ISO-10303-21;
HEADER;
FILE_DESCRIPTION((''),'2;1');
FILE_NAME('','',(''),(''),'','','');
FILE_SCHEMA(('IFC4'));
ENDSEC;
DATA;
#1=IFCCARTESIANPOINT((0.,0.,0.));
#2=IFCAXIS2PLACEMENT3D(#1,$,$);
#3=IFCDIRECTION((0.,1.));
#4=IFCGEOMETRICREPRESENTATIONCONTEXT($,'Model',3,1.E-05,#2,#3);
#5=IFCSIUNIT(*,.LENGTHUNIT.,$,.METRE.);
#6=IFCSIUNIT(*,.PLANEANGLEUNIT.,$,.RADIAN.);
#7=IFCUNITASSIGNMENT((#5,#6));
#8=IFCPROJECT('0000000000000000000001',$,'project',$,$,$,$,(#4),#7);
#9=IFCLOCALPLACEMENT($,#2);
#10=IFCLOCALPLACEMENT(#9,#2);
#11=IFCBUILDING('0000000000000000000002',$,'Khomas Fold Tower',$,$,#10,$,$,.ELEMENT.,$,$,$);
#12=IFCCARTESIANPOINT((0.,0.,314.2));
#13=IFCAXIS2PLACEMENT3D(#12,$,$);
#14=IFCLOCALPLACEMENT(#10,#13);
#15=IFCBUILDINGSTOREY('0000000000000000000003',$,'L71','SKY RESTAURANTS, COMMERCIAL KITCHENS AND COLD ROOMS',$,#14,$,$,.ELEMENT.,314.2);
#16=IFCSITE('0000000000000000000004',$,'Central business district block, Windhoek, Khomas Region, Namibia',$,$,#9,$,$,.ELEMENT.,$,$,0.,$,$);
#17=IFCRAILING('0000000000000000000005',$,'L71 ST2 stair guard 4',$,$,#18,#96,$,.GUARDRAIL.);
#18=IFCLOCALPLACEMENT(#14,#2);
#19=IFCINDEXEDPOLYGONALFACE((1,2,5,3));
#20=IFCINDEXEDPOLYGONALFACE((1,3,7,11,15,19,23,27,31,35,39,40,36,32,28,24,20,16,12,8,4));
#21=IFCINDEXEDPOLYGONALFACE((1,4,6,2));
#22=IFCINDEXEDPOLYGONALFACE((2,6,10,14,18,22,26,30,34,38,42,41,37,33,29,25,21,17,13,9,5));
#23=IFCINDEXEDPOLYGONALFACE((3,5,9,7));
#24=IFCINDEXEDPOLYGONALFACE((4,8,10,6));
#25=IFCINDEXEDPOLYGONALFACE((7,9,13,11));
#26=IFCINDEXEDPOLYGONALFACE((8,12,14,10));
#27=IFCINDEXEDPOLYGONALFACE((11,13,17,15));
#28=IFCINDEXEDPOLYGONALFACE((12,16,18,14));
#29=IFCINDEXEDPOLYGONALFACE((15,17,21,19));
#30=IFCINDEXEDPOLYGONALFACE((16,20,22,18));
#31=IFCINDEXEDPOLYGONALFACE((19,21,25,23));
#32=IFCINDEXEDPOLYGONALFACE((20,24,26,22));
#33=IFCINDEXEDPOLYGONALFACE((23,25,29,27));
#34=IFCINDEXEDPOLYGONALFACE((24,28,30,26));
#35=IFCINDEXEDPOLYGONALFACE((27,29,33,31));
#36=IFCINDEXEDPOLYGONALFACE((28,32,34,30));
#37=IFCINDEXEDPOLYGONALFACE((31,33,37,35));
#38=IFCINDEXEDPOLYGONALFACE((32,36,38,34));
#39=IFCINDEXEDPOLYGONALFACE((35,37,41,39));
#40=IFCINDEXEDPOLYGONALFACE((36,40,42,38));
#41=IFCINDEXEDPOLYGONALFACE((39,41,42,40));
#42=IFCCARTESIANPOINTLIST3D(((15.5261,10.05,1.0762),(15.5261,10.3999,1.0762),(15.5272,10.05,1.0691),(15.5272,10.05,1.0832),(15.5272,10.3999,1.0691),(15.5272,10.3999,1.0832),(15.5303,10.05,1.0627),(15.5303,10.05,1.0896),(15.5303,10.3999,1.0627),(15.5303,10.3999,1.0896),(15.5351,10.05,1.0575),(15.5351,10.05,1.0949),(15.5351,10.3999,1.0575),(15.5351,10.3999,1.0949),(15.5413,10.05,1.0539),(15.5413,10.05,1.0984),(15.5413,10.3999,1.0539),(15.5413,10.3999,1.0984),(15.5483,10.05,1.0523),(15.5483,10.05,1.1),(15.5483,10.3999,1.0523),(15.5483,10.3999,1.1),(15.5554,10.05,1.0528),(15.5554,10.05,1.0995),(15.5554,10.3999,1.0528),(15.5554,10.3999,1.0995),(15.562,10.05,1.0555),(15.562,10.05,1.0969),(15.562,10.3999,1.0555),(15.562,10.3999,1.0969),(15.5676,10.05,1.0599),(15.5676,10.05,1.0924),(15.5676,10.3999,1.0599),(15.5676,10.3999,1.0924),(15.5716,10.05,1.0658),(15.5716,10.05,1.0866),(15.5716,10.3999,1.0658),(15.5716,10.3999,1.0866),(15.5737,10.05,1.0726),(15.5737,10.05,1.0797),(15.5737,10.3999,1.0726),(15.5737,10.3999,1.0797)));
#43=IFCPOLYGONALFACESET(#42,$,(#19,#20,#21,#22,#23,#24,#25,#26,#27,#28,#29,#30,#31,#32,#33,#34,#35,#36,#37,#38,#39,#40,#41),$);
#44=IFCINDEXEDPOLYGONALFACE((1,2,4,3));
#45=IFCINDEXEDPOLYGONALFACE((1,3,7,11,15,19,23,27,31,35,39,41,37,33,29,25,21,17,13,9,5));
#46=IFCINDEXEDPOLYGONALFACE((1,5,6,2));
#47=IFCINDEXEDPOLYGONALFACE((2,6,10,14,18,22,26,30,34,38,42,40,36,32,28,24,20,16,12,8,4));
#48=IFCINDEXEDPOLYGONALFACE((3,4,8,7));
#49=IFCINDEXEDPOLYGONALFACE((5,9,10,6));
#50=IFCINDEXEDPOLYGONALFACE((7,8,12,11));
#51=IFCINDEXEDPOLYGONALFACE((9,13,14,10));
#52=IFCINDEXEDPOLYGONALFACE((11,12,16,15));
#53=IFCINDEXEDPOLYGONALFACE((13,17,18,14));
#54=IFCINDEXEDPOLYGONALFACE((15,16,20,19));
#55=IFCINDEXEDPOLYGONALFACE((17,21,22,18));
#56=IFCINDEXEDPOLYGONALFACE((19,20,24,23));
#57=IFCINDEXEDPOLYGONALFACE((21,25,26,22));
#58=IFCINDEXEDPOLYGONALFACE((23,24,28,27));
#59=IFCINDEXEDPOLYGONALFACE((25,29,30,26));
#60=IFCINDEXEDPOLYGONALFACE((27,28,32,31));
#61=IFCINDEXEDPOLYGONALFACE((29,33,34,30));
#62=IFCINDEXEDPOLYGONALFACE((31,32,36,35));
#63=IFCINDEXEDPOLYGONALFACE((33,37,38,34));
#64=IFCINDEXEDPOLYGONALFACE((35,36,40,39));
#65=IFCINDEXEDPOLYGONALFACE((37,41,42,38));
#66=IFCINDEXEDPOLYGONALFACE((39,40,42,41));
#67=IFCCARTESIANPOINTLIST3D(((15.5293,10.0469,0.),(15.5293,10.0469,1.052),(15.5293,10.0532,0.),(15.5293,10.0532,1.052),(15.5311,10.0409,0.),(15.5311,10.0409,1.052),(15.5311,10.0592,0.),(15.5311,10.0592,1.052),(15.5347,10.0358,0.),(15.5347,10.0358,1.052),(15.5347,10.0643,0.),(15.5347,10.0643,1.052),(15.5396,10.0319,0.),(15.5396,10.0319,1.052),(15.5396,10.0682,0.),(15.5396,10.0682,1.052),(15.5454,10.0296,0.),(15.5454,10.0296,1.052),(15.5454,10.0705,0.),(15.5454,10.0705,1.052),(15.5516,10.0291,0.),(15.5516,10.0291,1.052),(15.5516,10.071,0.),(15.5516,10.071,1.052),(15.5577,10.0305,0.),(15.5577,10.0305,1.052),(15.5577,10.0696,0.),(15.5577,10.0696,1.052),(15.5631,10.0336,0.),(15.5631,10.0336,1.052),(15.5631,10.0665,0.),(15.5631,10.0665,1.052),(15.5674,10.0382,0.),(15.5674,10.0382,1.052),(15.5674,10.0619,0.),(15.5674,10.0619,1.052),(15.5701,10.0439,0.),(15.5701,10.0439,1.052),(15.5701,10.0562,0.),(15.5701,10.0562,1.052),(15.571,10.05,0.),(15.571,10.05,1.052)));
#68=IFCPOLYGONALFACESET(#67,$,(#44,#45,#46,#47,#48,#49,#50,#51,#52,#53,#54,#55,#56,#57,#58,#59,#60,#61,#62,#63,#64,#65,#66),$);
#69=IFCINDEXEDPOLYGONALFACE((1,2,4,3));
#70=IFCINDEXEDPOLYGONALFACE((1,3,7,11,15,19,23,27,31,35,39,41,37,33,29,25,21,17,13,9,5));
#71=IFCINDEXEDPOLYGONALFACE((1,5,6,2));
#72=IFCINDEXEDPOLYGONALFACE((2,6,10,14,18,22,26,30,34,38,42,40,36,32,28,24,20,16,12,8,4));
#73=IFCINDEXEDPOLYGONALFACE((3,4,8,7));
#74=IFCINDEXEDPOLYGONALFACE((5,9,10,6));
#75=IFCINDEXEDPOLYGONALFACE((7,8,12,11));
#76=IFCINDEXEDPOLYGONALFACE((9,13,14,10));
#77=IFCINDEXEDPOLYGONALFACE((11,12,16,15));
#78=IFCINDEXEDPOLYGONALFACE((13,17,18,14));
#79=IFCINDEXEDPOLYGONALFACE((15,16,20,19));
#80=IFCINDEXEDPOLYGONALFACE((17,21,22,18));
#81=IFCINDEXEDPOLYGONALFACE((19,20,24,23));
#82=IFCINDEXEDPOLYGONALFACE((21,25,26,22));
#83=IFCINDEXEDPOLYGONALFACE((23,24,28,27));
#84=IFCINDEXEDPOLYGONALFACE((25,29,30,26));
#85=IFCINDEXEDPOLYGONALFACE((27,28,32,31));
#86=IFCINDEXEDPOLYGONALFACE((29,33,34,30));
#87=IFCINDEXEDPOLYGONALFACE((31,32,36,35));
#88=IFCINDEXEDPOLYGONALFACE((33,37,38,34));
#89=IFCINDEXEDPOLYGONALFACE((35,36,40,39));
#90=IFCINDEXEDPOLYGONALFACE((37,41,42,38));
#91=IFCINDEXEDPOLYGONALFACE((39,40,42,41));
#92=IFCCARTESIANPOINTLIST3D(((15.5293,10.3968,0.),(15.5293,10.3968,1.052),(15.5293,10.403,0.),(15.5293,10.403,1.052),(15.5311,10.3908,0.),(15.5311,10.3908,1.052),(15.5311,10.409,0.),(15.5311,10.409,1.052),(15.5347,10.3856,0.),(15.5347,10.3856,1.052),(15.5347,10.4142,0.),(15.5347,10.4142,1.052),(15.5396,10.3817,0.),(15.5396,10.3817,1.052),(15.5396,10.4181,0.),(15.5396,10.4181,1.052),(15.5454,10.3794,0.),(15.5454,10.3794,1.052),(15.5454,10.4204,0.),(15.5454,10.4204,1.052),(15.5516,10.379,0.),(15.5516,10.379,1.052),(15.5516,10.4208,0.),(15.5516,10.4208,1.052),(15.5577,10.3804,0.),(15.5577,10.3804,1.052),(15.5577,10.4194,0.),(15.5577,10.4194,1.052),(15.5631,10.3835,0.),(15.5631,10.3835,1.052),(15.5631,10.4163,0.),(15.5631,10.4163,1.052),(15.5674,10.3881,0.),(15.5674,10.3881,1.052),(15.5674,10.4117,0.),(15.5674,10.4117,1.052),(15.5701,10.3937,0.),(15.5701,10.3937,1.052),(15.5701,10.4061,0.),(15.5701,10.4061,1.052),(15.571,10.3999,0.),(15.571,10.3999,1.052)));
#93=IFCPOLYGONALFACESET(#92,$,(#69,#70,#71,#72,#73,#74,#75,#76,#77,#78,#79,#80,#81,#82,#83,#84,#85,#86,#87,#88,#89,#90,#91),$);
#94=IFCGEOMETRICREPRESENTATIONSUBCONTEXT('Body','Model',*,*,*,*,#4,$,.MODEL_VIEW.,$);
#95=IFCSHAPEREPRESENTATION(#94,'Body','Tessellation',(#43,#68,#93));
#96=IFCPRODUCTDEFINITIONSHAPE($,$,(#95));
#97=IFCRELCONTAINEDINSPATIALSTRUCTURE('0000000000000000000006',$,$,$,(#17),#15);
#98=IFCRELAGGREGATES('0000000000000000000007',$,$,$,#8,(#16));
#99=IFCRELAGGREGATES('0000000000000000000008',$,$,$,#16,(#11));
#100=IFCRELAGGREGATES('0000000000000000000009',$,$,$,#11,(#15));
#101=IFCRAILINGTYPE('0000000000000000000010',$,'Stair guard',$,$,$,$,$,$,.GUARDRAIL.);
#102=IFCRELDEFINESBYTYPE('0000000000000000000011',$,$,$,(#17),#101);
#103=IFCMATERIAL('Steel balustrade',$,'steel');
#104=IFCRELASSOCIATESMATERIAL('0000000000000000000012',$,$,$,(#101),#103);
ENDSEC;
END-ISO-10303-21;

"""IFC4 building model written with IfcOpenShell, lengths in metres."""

from ifc_helpers import new_model, si_unit, direction, frame, origin, origin_2d, place, context, subcontext, project, spatial, circle, extrude, source, transform, mapped, material, type_object, element, save


model = new_model("IFC4")

# Units and contexts
model_context = context("Model", 3, precision=1e-05, world=origin(), true_north=direction((0.0, 1.0)))
body_context = subcontext(model_context, "Body", "Model", "MODEL_VIEW")
ifc_project = project(units=[si_unit("LENGTHUNIT", "METRE"), si_unit("PLANEANGLEUNIT", "RADIAN")], contexts=[model_context])

# Site, building, storey
site_placement = place(None, origin())
site = spatial("IfcSite", under=ifc_project, at=site_placement, Name="Central business district block, Windhoek, Khomas Region, Namibia", CompositionType="ELEMENT", RefElevation=0.0)
building_placement = place(site_placement, origin())
building = spatial("IfcBuilding", under=site, at=building_placement, Name="Khomas Fold Tower", CompositionType="ELEMENT")
storey_placement = place(building_placement, frame((0.0, 0.0, 314.2)))
storey = spatial("IfcBuildingStorey", under=building, at=storey_placement, Name="L71", Description="SKY RESTAURANTS, COMMERCIAL KITCHENS AND COLD ROOMS", CompositionType="ELEMENT", Elevation=314.2)

# Railing
ifc_material_1 = material(Name="Steel balustrade", Category="steel")
railing_type_1 = type_object("IfcRailingType", Name="Stair guard", PredefinedType="GUARDRAIL", material=ifc_material_1)
shared_shape_1 = source(origin(), body_context, "Body", "SweptSolid", [
    extrude(circle(Radius=0.0239, at=origin_2d()), frame((0.0, 0.0, 1.0762), z_axis=(0.0, 1.0, 0.0), x_axis=(-1.0, 0.0, 0.0)), (0.0, 0.0, 1.0), 0.3499),
    extrude(circle(Radius=0.021, at=origin_2d()), origin(), (0.0, 0.0, 1.0), 1.052),
    extrude(circle(Radius=0.021, at=origin_2d()), frame((0.0, 0.3499, 0.0)), (0.0, 0.0, 1.0), 1.052),
])
for number, where, name in (
    (1, (15.55, 10.05, 0.0), "L71 ST2 stair guard 4"),
):
    element("IfcRailing", number, at=place(storey_placement, frame(where)), inside=storey, type_object=railing_type_1, Name=name, PredefinedType="GUARDRAIL", context=body_context, shape_type="MappedRepresentation", body=[
        mapped(shared_shape_1, transform((0.0, 0.0, 0.0))),
    ])

save(model, "model.ifc")
